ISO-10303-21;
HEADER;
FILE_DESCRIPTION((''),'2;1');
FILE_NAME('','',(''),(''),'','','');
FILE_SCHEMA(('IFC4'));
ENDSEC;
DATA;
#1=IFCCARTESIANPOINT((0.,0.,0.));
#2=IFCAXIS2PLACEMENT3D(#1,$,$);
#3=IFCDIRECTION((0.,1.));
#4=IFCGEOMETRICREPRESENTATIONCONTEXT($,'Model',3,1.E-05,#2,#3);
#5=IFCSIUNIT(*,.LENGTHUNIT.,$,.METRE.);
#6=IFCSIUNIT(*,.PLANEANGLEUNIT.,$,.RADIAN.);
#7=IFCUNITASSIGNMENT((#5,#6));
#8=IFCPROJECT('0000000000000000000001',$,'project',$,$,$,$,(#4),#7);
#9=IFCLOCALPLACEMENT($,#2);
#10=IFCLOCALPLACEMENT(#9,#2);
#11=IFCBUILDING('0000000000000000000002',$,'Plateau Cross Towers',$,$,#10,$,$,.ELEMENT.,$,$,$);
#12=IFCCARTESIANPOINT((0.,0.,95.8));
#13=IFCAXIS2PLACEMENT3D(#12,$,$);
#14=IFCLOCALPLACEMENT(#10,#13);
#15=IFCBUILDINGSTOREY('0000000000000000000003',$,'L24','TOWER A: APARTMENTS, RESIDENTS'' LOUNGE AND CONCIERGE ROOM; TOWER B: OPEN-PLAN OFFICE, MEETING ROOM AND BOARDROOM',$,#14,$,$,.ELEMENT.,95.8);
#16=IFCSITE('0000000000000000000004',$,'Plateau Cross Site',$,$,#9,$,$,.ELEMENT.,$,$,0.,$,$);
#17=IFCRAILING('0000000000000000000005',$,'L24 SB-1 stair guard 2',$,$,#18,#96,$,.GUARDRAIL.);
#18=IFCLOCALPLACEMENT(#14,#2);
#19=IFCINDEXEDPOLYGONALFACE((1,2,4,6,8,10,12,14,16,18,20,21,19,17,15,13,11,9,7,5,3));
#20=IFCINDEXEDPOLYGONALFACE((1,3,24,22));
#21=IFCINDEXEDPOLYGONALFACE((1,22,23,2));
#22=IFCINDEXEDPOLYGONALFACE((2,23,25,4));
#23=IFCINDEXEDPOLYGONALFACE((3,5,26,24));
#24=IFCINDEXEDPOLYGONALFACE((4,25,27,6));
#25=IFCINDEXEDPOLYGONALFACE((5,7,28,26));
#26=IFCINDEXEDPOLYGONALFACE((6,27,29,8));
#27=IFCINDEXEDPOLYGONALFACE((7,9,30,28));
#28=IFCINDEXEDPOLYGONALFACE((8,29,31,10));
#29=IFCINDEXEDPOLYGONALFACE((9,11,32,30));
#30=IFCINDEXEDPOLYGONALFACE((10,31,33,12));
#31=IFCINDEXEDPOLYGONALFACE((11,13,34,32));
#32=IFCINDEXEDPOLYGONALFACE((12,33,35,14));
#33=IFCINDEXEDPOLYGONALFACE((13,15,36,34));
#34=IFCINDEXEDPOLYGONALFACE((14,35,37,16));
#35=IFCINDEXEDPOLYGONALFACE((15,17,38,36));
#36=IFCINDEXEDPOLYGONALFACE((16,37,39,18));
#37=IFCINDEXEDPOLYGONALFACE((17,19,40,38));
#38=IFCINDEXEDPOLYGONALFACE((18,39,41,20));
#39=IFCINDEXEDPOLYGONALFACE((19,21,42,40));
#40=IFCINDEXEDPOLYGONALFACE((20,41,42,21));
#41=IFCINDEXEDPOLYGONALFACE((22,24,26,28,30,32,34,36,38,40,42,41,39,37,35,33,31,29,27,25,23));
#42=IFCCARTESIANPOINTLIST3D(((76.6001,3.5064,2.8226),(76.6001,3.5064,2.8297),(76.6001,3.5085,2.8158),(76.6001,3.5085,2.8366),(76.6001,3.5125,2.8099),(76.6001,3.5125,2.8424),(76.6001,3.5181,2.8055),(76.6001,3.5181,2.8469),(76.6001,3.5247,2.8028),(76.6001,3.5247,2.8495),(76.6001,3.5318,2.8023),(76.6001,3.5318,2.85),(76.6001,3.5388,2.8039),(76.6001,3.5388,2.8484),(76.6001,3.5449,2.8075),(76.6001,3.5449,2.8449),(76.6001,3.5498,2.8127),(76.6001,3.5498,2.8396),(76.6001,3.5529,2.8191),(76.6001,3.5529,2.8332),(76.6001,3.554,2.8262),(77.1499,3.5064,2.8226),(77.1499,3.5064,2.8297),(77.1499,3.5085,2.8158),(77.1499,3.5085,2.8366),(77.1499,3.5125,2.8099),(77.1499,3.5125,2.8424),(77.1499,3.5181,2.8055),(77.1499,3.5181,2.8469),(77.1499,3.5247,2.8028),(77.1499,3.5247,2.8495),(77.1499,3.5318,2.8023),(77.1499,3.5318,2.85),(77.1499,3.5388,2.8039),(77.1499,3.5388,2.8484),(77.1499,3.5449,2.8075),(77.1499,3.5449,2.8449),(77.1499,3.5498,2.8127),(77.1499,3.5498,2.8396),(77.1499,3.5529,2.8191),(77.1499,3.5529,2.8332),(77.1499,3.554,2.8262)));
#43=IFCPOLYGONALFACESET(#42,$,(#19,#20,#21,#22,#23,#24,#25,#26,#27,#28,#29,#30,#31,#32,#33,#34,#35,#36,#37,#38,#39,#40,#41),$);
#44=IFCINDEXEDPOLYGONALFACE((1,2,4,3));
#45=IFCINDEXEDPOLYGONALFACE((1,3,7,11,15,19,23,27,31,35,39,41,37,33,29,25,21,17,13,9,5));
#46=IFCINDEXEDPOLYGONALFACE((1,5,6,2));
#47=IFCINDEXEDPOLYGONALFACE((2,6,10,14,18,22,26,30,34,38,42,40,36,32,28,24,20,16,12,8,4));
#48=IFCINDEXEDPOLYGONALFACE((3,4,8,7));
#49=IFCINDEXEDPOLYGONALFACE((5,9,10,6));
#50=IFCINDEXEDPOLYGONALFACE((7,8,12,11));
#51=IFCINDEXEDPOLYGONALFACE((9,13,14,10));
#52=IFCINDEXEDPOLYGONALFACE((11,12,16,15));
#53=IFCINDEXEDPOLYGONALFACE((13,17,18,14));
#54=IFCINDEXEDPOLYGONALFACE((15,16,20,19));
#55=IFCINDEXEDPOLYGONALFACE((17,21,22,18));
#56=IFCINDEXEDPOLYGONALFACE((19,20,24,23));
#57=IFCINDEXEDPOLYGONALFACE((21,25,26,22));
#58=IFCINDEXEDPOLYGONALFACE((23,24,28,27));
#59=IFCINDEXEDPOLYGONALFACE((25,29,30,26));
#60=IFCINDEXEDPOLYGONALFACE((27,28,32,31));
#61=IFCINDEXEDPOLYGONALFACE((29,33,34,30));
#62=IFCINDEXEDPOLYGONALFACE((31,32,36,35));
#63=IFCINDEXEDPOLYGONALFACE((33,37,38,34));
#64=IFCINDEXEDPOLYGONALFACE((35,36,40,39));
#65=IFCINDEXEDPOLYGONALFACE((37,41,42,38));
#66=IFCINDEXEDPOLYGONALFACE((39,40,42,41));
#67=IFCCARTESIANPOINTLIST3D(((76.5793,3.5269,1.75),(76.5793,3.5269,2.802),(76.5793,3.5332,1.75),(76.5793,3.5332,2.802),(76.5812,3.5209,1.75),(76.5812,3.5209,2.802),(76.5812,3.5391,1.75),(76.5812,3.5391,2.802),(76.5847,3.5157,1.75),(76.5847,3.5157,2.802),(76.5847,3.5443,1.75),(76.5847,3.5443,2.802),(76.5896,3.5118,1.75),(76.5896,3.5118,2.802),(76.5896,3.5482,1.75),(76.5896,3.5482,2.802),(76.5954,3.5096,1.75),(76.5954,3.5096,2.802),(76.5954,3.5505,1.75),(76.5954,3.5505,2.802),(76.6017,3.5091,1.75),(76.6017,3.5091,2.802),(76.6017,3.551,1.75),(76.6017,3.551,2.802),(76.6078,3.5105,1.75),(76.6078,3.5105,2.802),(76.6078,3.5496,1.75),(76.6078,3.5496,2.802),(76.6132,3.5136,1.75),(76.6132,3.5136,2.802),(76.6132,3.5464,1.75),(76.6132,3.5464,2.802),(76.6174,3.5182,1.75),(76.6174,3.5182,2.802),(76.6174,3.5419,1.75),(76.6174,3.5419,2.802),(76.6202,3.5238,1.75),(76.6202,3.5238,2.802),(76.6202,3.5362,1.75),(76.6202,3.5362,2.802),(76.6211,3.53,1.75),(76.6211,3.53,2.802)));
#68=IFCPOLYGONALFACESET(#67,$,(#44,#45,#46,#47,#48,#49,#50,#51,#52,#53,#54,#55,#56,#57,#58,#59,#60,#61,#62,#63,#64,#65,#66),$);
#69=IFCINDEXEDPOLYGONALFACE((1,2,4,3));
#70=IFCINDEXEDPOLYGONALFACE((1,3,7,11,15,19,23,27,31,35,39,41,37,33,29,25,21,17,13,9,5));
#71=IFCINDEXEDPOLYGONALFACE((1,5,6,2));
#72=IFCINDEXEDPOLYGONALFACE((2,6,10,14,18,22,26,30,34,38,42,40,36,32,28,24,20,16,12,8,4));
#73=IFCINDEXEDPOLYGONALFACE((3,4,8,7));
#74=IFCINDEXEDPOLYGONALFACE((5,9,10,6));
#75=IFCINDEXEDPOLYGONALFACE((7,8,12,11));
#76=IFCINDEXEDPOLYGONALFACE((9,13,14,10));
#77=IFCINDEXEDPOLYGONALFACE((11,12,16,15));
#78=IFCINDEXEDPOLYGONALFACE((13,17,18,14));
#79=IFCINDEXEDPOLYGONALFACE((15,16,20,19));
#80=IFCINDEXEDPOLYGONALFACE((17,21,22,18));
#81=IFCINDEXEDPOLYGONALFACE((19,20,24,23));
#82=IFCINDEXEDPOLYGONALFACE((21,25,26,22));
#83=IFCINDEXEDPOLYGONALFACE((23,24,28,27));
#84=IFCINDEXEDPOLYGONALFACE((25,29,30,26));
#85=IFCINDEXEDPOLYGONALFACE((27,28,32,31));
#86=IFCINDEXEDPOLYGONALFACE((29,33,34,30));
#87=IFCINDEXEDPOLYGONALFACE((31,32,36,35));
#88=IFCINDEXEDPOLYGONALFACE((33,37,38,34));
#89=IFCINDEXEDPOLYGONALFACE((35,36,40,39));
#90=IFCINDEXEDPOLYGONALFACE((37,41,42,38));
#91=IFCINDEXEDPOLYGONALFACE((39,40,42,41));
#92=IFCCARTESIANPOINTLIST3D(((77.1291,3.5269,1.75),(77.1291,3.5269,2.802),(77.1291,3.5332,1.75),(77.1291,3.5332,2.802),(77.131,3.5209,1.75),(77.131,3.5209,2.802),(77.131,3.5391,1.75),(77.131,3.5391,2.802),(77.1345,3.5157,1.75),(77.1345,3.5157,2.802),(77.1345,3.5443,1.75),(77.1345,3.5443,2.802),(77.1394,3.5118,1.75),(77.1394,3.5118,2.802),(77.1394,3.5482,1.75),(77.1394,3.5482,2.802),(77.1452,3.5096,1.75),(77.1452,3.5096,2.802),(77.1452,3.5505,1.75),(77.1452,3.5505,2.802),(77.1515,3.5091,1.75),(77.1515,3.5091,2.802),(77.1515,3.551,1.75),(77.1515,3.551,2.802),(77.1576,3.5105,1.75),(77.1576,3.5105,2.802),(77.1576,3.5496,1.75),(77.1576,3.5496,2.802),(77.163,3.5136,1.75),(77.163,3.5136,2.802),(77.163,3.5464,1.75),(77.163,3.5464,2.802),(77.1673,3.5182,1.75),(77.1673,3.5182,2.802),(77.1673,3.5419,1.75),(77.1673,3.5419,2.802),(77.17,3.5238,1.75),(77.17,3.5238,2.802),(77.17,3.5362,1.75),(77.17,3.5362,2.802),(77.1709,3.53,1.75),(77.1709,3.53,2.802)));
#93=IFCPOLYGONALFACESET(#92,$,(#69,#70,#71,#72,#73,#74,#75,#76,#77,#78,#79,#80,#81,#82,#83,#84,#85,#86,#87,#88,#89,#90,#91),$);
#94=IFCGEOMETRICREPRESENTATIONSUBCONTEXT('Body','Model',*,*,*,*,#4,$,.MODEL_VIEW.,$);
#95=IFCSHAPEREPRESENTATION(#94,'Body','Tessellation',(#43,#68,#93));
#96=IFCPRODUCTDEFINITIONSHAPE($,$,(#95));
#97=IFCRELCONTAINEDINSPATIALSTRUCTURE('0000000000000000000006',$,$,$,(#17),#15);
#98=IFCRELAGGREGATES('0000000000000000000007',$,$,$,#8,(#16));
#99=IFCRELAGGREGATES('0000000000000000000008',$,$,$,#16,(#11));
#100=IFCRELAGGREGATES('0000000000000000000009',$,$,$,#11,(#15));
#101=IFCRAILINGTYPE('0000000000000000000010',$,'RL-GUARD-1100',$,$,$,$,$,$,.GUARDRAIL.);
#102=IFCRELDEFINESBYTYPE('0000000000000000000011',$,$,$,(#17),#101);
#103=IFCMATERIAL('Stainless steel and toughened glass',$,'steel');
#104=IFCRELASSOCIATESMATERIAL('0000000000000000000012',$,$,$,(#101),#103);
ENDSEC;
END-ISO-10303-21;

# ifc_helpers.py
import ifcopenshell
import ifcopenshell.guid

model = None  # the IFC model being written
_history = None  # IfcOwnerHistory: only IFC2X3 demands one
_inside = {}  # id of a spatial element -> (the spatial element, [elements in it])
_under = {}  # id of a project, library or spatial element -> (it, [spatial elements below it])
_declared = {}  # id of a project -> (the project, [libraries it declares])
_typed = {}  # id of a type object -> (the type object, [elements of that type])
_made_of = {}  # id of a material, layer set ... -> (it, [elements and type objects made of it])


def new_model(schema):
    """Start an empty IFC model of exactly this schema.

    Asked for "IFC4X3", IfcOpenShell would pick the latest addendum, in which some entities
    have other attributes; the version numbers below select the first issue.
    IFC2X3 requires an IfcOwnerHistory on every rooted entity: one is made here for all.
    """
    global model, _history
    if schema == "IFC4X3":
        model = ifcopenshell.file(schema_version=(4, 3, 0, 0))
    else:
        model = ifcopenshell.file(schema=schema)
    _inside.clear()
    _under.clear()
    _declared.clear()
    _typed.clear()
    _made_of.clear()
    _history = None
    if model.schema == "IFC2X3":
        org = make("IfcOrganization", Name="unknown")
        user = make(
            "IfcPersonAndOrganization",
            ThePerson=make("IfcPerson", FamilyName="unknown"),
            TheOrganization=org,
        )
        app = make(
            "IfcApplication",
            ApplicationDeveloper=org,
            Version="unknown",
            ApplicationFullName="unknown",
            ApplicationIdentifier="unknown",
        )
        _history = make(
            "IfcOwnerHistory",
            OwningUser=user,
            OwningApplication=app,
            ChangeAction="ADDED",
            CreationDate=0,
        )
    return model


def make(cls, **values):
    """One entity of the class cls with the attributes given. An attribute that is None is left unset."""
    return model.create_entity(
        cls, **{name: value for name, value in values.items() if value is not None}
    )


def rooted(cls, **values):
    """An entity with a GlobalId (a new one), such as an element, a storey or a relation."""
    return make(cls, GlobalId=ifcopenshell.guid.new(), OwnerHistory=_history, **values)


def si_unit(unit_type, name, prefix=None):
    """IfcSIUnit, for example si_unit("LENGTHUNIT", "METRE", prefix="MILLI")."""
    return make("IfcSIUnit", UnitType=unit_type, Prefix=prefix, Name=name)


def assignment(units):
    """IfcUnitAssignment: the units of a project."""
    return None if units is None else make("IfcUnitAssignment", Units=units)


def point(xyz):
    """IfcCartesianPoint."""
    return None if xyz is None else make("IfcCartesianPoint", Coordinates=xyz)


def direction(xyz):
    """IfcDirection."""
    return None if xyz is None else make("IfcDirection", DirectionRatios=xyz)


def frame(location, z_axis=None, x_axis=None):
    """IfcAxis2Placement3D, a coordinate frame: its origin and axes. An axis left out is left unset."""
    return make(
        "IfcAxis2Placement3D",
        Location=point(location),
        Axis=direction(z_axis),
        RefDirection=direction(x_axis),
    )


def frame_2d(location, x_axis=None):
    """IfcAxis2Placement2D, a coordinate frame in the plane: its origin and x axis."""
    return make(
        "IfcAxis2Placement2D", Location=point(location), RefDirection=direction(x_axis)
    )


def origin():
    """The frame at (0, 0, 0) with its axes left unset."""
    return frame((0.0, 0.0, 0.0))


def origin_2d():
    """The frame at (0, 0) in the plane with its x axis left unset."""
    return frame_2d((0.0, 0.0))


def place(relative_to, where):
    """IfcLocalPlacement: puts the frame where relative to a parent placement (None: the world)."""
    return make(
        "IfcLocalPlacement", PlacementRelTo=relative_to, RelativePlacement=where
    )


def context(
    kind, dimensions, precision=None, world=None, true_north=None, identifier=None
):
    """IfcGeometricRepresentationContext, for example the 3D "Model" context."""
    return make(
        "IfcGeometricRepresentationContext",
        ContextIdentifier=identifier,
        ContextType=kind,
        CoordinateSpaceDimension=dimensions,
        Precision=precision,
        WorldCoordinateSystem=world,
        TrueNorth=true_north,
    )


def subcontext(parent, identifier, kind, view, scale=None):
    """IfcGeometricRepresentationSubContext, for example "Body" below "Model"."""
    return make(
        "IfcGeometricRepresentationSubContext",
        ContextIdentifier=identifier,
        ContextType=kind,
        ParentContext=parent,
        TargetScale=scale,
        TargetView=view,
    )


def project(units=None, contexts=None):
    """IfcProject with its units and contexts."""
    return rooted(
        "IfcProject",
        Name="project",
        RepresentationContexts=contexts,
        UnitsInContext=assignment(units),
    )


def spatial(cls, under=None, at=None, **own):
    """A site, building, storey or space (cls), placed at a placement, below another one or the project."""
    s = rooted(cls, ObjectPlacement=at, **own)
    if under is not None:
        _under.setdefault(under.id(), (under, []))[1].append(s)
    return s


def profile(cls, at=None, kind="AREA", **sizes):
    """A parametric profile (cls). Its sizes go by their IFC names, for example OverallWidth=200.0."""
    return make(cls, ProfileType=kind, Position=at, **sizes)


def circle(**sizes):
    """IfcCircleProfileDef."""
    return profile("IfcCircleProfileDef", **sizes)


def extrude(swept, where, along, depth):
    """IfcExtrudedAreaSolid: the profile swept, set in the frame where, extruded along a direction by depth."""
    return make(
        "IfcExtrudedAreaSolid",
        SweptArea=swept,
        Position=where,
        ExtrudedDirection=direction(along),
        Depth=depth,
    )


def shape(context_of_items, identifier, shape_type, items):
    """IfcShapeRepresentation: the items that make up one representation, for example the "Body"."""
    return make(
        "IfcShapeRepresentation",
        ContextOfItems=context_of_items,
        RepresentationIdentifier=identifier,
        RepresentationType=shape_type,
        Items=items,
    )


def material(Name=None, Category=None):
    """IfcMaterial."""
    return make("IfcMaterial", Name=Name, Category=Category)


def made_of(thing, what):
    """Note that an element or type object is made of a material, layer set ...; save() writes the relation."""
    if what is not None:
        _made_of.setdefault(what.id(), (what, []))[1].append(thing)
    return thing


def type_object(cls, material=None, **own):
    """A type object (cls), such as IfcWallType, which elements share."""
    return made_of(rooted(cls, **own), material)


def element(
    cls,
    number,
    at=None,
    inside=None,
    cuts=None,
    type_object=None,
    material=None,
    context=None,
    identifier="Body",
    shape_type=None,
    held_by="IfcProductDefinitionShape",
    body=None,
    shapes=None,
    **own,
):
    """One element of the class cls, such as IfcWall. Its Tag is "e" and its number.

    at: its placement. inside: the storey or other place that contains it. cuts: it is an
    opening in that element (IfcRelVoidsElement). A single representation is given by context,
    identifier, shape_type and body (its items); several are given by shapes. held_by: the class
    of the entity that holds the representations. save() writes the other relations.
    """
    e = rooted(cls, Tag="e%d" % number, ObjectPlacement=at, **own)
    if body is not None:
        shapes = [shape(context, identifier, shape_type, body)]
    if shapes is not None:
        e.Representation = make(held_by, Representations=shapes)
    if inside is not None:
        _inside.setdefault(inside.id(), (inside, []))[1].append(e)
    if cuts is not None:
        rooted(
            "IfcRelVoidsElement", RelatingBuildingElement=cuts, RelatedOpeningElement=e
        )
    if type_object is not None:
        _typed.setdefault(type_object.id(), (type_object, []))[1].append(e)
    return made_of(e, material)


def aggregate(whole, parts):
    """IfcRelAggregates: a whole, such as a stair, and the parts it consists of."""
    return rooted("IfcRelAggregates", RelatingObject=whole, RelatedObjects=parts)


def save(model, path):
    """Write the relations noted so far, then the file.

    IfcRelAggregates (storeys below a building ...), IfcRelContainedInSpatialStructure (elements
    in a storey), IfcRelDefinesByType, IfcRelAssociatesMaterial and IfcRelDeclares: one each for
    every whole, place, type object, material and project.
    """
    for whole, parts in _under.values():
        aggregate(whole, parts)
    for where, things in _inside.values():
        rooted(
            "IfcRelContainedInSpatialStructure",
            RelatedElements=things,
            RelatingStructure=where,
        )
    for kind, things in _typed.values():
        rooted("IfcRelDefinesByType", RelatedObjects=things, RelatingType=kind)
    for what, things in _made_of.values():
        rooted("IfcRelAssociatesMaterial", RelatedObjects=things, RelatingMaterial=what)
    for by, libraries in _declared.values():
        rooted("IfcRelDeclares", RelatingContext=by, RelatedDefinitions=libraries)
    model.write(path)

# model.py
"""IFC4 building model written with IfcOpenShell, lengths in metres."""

from ifc_helpers import new_model, si_unit, direction, frame, origin, origin_2d, place, context, subcontext, project, spatial, circle, extrude, material, type_object, element, save


model = new_model("IFC4")

# Units and contexts
model_context = context("Model", 3, precision=1e-05, world=origin(), true_north=direction((0.0, 1.0)))
body_context = subcontext(model_context, "Body", "Model", "MODEL_VIEW")
ifc_project = project(units=[si_unit("LENGTHUNIT", "METRE"), si_unit("PLANEANGLEUNIT", "RADIAN")], contexts=[model_context])

# Site, building, storey
site_placement = place(None, origin())
site = spatial("IfcSite", under=ifc_project, at=site_placement, Name="Plateau Cross Site", CompositionType="ELEMENT", RefElevation=0.0)
building_placement = place(site_placement, origin())
building = spatial("IfcBuilding", under=site, at=building_placement, Name="Plateau Cross Towers", CompositionType="ELEMENT")
storey_placement = place(building_placement, frame((0.0, 0.0, 95.8)))
storey = spatial("IfcBuildingStorey", under=building, at=storey_placement, Name="L24", Description="TOWER A: APARTMENTS, RESIDENTS' LOUNGE AND CONCIERGE ROOM; TOWER B: OPEN-PLAN OFFICE, MEETING ROOM AND BOARDROOM", CompositionType="ELEMENT", Elevation=95.8)

# Railing
ifc_material_1 = material(Name="Stainless steel and toughened glass", Category="steel")
railing_type_1 = type_object("IfcRailingType", Name="RL-GUARD-1100", PredefinedType="GUARDRAIL", material=ifc_material_1)
railing_1_placement = place(storey_placement, frame((76.6001, 3.53, 1.75)))
element("IfcRailing", 1, at=railing_1_placement, inside=storey, type_object=railing_type_1, Name="L24 SB-1 stair guard 2", PredefinedType="GUARDRAIL", context=body_context, shape_type="SweptSolid", body=[
    extrude(circle(Radius=0.0239, at=origin_2d()), frame((0.0, 0.0, 1.0762), z_axis=(1.0, 0.0, 0.0), x_axis=(0.0, 1.0, 0.0)), (0.0, 0.0, 1.0), 0.5498),
    extrude(circle(Radius=0.021, at=origin_2d()), origin(), (0.0, 0.0, 1.0), 1.052),
    extrude(circle(Radius=0.021, at=origin_2d()), frame((0.5498, 0.0, 0.0)), (0.0, 0.0, 1.0), 1.052),
])

save(model, "model.ifc")
